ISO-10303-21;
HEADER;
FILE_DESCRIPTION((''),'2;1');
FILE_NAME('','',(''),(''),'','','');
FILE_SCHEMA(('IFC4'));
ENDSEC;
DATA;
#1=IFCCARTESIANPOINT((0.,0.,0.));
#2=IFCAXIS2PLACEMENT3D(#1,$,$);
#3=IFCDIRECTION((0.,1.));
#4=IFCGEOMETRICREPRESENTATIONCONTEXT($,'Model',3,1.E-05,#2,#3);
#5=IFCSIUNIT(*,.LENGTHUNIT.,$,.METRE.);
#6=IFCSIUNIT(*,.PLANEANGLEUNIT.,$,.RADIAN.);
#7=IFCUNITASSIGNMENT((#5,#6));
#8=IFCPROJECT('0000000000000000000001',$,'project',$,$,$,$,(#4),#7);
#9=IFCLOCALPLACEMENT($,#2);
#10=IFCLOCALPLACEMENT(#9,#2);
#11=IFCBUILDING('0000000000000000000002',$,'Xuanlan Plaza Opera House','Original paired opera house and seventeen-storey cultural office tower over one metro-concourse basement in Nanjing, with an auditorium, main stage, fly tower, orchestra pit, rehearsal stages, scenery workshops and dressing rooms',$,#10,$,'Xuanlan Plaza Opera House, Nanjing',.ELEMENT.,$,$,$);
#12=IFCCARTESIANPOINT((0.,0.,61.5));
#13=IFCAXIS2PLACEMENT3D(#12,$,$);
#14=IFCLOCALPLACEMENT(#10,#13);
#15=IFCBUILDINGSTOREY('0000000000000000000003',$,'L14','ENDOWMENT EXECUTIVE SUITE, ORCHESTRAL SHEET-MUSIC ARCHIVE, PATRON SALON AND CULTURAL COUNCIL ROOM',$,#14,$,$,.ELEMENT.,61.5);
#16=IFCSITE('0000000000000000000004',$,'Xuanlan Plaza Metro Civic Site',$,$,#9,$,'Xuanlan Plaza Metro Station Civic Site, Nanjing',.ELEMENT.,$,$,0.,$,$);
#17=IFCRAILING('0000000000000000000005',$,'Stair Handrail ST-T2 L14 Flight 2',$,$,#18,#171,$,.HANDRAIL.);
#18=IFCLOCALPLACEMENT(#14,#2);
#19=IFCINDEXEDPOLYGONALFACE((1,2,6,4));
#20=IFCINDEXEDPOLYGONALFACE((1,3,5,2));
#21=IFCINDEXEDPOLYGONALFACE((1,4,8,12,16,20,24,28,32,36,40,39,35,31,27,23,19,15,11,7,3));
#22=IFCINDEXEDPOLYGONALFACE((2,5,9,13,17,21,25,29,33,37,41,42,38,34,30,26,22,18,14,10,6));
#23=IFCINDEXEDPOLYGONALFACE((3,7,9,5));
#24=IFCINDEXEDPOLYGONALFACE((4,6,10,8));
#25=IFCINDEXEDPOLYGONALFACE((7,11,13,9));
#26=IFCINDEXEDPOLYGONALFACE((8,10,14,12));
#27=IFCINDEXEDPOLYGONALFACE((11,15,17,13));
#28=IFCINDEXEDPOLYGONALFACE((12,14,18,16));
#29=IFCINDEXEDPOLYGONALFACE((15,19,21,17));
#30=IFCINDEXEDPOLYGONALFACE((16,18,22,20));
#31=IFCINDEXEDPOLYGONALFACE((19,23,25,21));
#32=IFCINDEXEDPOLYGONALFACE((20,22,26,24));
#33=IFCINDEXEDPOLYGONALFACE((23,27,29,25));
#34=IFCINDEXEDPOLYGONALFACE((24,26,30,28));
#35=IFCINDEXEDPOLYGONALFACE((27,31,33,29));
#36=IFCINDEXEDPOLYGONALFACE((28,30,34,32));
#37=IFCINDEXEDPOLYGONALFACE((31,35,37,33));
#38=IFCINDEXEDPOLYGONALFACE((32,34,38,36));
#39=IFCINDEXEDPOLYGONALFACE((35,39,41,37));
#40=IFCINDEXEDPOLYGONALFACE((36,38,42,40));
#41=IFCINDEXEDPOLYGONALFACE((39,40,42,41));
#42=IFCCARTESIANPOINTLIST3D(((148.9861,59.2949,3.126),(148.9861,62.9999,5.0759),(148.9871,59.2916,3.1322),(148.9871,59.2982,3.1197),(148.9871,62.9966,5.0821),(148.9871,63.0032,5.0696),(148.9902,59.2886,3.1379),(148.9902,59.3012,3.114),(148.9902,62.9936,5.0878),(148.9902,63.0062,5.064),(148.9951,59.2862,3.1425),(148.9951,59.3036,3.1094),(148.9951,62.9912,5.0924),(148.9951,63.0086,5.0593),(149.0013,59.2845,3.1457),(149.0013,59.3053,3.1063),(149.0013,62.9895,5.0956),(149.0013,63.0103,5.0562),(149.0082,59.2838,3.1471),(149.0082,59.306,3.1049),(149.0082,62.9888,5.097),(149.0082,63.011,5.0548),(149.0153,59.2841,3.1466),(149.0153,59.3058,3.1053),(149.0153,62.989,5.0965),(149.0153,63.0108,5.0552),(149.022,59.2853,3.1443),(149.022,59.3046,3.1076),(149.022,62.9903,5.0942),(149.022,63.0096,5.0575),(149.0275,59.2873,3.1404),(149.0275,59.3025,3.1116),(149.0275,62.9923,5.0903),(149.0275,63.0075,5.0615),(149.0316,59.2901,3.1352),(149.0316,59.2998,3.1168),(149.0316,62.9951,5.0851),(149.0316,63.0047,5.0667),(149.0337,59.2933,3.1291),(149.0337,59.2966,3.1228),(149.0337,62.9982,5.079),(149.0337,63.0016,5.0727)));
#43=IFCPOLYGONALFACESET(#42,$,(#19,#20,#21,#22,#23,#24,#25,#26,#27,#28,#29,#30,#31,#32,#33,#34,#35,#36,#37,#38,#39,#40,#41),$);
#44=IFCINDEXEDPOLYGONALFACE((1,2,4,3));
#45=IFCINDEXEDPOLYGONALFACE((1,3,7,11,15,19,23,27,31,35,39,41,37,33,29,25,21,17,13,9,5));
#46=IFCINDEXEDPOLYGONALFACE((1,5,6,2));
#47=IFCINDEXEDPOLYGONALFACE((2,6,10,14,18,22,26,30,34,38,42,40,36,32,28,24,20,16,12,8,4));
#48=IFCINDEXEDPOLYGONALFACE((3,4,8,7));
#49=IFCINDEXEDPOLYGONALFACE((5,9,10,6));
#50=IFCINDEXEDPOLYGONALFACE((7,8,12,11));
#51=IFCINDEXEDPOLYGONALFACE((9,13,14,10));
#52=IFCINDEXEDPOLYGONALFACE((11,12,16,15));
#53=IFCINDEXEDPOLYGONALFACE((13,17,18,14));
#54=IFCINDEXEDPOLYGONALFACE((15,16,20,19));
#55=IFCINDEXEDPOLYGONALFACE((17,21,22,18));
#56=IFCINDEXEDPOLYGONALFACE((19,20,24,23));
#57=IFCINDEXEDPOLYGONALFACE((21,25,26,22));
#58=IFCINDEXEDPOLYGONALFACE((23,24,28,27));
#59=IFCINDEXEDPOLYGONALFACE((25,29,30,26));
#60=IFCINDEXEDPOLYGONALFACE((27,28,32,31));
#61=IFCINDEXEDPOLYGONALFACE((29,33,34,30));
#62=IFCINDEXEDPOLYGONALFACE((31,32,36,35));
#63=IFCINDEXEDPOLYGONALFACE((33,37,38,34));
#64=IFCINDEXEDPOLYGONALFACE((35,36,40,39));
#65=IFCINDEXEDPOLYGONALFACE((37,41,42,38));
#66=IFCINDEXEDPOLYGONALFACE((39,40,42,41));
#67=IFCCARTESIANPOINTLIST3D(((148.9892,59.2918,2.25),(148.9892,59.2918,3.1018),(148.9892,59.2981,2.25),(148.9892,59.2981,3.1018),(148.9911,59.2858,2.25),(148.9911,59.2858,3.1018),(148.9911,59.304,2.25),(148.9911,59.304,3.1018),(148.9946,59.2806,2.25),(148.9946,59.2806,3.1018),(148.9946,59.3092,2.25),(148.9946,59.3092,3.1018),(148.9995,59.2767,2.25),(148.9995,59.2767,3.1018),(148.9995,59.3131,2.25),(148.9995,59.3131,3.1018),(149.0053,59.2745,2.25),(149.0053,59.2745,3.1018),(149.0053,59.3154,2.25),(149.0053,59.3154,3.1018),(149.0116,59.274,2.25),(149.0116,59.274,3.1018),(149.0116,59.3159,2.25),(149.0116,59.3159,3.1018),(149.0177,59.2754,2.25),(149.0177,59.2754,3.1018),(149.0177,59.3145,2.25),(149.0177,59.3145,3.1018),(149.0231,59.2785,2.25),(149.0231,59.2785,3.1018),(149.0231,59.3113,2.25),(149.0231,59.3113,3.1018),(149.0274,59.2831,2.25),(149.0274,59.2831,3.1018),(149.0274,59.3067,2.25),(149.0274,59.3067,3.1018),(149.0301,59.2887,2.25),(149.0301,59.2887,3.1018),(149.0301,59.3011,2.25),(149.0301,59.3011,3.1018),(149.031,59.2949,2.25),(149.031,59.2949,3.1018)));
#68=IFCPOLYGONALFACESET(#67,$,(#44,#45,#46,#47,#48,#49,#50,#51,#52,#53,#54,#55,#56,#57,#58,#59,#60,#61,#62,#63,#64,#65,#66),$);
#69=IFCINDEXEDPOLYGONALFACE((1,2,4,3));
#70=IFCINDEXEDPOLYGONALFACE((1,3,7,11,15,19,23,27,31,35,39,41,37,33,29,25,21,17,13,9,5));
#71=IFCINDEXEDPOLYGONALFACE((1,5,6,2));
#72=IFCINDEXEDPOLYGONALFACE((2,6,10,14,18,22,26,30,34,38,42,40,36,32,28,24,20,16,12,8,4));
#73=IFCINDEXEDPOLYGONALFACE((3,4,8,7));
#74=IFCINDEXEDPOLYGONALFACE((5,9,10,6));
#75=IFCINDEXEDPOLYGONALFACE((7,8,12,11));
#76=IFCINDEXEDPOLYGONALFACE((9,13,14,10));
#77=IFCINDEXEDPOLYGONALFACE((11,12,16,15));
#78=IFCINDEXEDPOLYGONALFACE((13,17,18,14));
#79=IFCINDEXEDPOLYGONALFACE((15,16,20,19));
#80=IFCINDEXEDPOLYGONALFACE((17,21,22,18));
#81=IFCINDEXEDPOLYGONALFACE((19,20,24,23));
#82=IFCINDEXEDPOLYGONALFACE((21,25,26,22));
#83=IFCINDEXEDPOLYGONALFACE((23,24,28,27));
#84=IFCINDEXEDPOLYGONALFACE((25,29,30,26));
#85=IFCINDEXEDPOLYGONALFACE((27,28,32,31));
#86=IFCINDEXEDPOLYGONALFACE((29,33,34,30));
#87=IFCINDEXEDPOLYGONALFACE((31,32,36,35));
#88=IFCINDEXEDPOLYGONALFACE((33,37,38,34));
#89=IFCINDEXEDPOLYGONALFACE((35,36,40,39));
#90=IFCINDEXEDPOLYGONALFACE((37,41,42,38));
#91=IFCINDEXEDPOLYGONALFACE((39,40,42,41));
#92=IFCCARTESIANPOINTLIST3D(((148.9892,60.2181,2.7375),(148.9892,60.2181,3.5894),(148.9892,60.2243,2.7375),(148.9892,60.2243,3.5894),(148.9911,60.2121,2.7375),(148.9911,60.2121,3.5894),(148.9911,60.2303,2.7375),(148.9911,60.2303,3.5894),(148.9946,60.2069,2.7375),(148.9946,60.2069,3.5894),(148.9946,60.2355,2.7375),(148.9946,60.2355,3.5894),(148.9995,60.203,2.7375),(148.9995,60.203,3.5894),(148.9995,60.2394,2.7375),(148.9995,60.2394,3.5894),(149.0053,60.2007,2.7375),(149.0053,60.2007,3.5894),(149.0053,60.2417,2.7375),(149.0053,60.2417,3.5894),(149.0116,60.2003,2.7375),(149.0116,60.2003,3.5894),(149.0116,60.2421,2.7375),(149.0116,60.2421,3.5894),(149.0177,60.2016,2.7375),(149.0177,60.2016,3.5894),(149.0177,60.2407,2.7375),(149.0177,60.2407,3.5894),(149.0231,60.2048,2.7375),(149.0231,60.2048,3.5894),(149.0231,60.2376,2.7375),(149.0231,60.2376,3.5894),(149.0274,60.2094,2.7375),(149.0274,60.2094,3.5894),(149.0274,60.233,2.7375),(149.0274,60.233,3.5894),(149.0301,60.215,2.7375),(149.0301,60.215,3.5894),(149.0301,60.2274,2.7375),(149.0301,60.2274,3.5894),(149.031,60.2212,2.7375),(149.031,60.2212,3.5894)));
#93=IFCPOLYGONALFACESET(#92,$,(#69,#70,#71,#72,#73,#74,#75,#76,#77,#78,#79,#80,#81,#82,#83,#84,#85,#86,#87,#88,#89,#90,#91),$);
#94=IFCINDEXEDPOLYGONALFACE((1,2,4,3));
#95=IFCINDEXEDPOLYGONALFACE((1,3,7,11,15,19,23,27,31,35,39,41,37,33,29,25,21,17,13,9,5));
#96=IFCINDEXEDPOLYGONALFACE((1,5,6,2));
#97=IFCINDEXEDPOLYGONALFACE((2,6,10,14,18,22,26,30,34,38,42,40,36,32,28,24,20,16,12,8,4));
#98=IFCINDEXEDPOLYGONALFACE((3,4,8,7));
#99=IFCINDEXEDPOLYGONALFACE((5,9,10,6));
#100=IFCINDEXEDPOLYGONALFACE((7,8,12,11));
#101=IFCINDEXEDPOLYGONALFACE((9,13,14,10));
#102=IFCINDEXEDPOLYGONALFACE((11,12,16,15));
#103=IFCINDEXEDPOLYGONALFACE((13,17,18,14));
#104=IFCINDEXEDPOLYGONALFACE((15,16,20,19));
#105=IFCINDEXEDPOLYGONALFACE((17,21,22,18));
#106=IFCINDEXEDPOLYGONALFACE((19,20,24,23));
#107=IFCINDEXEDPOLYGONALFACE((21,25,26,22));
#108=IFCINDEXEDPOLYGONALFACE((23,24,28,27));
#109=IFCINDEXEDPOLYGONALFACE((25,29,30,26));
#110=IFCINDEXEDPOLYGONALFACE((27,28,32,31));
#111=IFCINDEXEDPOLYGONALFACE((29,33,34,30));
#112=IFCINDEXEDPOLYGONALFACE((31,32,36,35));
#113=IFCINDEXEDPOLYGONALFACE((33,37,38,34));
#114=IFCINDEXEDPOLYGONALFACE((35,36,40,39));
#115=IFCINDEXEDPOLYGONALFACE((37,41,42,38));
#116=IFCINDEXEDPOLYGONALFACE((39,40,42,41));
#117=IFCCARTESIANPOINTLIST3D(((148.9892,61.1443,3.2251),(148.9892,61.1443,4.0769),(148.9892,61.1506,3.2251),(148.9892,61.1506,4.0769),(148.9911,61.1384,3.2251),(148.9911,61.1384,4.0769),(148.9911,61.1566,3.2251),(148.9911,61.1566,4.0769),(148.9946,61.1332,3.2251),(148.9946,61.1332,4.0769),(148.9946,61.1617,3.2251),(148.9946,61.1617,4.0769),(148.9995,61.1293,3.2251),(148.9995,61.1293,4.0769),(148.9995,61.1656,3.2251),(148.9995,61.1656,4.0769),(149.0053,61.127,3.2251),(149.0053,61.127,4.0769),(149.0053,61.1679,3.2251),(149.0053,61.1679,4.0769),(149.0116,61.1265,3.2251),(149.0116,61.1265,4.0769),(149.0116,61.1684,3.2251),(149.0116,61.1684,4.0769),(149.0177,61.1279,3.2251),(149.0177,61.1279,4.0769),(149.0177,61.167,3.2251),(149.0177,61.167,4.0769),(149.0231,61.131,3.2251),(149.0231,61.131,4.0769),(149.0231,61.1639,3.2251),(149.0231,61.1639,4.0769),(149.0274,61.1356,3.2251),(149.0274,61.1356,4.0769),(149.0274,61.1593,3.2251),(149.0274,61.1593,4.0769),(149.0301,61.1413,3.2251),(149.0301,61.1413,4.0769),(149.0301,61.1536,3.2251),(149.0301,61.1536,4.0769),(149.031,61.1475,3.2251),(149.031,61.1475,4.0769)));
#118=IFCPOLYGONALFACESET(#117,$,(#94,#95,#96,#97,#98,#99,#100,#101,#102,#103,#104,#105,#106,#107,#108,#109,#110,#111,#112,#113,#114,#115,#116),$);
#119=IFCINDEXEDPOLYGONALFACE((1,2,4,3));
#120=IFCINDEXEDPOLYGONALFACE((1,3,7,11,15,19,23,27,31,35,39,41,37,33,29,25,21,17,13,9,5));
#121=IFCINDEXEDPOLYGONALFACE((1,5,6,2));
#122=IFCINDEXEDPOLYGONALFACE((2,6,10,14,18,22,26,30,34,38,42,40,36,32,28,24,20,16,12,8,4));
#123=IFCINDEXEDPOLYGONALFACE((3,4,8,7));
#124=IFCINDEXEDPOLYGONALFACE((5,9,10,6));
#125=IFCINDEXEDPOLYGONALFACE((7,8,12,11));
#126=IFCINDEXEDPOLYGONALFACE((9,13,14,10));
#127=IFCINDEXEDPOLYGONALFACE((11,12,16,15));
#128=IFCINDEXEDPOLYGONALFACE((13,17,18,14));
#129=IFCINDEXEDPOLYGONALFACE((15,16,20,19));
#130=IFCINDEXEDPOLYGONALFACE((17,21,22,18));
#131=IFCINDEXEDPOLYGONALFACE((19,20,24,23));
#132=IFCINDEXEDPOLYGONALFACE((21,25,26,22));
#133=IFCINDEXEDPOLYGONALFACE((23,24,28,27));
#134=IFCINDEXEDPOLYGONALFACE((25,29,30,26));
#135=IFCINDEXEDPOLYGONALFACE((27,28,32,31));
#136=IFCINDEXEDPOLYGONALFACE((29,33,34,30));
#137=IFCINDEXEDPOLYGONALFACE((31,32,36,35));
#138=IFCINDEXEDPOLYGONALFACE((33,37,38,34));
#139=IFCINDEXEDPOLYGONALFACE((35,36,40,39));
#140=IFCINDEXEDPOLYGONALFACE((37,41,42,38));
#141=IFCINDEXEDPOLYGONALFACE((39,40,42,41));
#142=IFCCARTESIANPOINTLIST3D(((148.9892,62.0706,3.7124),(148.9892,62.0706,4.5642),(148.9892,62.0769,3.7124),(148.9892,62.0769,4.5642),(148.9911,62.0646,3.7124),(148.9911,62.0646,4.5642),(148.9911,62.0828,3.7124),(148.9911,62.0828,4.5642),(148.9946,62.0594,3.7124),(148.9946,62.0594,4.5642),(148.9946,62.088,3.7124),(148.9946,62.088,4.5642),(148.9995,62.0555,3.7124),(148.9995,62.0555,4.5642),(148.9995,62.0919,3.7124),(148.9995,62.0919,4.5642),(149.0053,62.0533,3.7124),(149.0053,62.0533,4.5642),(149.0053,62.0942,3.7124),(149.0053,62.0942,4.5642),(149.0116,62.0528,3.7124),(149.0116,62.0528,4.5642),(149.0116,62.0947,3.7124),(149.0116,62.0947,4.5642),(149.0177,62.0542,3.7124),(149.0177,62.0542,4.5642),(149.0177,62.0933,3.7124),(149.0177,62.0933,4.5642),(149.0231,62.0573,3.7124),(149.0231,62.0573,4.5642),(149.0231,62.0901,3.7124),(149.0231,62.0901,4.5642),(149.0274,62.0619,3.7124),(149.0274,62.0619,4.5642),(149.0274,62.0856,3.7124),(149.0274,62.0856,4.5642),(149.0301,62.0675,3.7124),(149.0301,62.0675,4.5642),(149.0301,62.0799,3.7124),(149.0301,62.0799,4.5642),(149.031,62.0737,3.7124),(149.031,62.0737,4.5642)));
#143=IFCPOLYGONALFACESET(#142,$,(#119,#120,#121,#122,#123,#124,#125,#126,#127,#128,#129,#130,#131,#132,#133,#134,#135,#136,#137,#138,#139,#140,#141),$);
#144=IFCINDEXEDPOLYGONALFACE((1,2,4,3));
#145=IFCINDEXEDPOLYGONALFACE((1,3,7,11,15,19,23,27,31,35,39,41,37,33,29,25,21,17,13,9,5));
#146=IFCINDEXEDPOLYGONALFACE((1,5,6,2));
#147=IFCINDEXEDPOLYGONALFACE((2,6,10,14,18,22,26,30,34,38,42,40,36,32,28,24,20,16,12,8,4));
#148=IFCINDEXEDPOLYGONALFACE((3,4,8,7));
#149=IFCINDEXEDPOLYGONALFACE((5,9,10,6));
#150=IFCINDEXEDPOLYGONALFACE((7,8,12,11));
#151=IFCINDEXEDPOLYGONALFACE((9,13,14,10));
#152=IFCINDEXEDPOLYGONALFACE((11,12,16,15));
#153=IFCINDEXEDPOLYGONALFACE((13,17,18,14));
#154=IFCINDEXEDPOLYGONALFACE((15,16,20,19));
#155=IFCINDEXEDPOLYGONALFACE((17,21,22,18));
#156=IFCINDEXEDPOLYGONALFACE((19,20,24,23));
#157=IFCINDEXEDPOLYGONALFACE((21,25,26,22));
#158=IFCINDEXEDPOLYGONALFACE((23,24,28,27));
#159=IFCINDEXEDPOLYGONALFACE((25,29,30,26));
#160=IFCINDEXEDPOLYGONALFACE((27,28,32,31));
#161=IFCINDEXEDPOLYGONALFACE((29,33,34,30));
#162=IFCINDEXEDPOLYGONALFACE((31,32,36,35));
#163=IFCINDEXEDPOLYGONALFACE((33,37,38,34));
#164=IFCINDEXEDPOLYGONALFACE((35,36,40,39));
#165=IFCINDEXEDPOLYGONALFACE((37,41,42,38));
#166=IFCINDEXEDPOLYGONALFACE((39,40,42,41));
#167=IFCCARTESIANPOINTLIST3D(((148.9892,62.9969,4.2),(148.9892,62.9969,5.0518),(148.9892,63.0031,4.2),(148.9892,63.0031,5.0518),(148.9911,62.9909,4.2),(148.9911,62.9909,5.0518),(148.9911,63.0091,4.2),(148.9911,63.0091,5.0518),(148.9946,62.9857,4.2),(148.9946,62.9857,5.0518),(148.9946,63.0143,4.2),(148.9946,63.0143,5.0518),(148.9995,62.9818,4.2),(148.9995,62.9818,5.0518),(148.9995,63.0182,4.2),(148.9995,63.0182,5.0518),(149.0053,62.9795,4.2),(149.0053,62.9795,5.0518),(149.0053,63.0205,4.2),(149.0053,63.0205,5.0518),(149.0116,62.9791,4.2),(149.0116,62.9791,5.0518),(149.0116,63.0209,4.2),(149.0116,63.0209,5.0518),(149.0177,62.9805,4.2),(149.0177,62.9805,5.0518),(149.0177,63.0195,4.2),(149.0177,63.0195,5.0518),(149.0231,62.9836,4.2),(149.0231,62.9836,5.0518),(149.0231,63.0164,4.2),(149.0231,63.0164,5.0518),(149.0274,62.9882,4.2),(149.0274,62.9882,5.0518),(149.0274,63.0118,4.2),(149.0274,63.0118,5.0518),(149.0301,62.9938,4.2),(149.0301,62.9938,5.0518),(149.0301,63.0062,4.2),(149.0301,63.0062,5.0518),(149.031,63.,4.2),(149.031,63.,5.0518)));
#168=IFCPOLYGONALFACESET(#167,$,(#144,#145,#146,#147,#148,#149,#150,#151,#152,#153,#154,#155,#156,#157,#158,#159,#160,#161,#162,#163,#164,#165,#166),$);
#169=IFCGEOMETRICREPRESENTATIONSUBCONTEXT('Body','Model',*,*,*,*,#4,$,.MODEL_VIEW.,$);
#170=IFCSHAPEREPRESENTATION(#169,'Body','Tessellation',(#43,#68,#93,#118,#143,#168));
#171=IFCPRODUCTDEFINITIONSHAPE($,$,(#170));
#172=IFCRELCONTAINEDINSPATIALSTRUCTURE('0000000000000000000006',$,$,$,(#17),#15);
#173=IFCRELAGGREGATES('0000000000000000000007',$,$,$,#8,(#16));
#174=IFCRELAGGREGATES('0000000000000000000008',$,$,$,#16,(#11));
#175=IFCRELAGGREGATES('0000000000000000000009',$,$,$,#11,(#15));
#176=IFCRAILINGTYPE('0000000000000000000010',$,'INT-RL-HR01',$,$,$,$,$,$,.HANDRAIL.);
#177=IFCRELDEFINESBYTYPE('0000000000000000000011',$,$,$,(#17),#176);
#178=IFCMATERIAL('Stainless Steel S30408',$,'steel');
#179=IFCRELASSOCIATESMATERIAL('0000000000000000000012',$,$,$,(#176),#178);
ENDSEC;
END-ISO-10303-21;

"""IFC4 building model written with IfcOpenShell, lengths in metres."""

from ifc_helpers import new_model, si_unit, direction, frame, origin, origin_2d, place, context, subcontext, project, spatial, circle, extrude, material, type_object, element, save


model = new_model("IFC4")

# Units and contexts
model_context = context("Model", 3, precision=1e-05, world=origin(), true_north=direction((0.0, 1.0)))
body_context = subcontext(model_context, "Body", "Model", "MODEL_VIEW")
ifc_project = project(units=[si_unit("LENGTHUNIT", "METRE"), si_unit("PLANEANGLEUNIT", "RADIAN")], contexts=[model_context])

# Site, building, storey
site_placement = place(None, origin())
site = spatial("IfcSite", under=ifc_project, at=site_placement, Name="Xuanlan Plaza Metro Civic Site", LongName="Xuanlan Plaza Metro Station Civic Site, Nanjing", CompositionType="ELEMENT", RefElevation=0.0)
building_placement = place(site_placement, origin())
building = spatial("IfcBuilding", under=site, at=building_placement, Name="Xuanlan Plaza Opera House", Description="Original paired opera house and seventeen-storey cultural office tower over one metro-concourse basement in Nanjing, with an auditorium, main stage, fly tower, orchestra pit, rehearsal stages, scenery workshops and dressing rooms", LongName="Xuanlan Plaza Opera House, Nanjing", CompositionType="ELEMENT")
storey_placement = place(building_placement, frame((0.0, 0.0, 61.5)))
storey = spatial("IfcBuildingStorey", under=building, at=storey_placement, Name="L14", Description="ENDOWMENT EXECUTIVE SUITE, ORCHESTRAL SHEET-MUSIC ARCHIVE, PATRON SALON AND CULTURAL COUNCIL ROOM", CompositionType="ELEMENT", Elevation=61.5)

# Shared definitions
ifc_material_1 = material(Name="Stainless Steel S30408", Category="steel")

# Railing
railing_type = type_object("IfcRailingType", Name="INT-RL-HR01", PredefinedType="HANDRAIL", material=ifc_material_1)
railing_1_placement = place(storey_placement, frame((149.01, 59.2949, 2.25)))
element("IfcRailing", 1, at=railing_1_placement, inside=storey, type_object=railing_type, Name="Stair Handrail ST-T2 L14 Flight 2", PredefinedType="HANDRAIL", context=body_context, shape_type="SweptSolid", body=[
    extrude(circle(Radius=0.0239, at=origin_2d()), frame((0.0, 0.0, 0.876), z_axis=(0.0, 0.884927, 0.46573), x_axis=(-1.0, 0.0, 0.0)), (0.0, 0.0, 1.0), 4.1868),
    extrude(circle(Radius=0.021, at=origin_2d()), origin(), (0.0, 0.0, 1.0), 0.8518),
    extrude(circle(Radius=0.021, at=origin_2d()), frame((0.0, 0.9263, 0.4875)), (0.0, 0.0, 1.0), 0.8518),
    extrude(circle(Radius=0.021, at=origin_2d()), frame((0.0, 1.8525, 0.9751)), (0.0, 0.0, 1.0), 0.8518),
    extrude(circle(Radius=0.021, at=origin_2d()), frame((0.0, 2.7788, 1.4624)), (0.0, 0.0, 1.0), 0.8518),
    extrude(circle(Radius=0.021, at=origin_2d()), frame((0.0, 3.7051, 1.95)), (0.0, 0.0, 1.0), 0.8518),
])

save(model, "model.ifc")
